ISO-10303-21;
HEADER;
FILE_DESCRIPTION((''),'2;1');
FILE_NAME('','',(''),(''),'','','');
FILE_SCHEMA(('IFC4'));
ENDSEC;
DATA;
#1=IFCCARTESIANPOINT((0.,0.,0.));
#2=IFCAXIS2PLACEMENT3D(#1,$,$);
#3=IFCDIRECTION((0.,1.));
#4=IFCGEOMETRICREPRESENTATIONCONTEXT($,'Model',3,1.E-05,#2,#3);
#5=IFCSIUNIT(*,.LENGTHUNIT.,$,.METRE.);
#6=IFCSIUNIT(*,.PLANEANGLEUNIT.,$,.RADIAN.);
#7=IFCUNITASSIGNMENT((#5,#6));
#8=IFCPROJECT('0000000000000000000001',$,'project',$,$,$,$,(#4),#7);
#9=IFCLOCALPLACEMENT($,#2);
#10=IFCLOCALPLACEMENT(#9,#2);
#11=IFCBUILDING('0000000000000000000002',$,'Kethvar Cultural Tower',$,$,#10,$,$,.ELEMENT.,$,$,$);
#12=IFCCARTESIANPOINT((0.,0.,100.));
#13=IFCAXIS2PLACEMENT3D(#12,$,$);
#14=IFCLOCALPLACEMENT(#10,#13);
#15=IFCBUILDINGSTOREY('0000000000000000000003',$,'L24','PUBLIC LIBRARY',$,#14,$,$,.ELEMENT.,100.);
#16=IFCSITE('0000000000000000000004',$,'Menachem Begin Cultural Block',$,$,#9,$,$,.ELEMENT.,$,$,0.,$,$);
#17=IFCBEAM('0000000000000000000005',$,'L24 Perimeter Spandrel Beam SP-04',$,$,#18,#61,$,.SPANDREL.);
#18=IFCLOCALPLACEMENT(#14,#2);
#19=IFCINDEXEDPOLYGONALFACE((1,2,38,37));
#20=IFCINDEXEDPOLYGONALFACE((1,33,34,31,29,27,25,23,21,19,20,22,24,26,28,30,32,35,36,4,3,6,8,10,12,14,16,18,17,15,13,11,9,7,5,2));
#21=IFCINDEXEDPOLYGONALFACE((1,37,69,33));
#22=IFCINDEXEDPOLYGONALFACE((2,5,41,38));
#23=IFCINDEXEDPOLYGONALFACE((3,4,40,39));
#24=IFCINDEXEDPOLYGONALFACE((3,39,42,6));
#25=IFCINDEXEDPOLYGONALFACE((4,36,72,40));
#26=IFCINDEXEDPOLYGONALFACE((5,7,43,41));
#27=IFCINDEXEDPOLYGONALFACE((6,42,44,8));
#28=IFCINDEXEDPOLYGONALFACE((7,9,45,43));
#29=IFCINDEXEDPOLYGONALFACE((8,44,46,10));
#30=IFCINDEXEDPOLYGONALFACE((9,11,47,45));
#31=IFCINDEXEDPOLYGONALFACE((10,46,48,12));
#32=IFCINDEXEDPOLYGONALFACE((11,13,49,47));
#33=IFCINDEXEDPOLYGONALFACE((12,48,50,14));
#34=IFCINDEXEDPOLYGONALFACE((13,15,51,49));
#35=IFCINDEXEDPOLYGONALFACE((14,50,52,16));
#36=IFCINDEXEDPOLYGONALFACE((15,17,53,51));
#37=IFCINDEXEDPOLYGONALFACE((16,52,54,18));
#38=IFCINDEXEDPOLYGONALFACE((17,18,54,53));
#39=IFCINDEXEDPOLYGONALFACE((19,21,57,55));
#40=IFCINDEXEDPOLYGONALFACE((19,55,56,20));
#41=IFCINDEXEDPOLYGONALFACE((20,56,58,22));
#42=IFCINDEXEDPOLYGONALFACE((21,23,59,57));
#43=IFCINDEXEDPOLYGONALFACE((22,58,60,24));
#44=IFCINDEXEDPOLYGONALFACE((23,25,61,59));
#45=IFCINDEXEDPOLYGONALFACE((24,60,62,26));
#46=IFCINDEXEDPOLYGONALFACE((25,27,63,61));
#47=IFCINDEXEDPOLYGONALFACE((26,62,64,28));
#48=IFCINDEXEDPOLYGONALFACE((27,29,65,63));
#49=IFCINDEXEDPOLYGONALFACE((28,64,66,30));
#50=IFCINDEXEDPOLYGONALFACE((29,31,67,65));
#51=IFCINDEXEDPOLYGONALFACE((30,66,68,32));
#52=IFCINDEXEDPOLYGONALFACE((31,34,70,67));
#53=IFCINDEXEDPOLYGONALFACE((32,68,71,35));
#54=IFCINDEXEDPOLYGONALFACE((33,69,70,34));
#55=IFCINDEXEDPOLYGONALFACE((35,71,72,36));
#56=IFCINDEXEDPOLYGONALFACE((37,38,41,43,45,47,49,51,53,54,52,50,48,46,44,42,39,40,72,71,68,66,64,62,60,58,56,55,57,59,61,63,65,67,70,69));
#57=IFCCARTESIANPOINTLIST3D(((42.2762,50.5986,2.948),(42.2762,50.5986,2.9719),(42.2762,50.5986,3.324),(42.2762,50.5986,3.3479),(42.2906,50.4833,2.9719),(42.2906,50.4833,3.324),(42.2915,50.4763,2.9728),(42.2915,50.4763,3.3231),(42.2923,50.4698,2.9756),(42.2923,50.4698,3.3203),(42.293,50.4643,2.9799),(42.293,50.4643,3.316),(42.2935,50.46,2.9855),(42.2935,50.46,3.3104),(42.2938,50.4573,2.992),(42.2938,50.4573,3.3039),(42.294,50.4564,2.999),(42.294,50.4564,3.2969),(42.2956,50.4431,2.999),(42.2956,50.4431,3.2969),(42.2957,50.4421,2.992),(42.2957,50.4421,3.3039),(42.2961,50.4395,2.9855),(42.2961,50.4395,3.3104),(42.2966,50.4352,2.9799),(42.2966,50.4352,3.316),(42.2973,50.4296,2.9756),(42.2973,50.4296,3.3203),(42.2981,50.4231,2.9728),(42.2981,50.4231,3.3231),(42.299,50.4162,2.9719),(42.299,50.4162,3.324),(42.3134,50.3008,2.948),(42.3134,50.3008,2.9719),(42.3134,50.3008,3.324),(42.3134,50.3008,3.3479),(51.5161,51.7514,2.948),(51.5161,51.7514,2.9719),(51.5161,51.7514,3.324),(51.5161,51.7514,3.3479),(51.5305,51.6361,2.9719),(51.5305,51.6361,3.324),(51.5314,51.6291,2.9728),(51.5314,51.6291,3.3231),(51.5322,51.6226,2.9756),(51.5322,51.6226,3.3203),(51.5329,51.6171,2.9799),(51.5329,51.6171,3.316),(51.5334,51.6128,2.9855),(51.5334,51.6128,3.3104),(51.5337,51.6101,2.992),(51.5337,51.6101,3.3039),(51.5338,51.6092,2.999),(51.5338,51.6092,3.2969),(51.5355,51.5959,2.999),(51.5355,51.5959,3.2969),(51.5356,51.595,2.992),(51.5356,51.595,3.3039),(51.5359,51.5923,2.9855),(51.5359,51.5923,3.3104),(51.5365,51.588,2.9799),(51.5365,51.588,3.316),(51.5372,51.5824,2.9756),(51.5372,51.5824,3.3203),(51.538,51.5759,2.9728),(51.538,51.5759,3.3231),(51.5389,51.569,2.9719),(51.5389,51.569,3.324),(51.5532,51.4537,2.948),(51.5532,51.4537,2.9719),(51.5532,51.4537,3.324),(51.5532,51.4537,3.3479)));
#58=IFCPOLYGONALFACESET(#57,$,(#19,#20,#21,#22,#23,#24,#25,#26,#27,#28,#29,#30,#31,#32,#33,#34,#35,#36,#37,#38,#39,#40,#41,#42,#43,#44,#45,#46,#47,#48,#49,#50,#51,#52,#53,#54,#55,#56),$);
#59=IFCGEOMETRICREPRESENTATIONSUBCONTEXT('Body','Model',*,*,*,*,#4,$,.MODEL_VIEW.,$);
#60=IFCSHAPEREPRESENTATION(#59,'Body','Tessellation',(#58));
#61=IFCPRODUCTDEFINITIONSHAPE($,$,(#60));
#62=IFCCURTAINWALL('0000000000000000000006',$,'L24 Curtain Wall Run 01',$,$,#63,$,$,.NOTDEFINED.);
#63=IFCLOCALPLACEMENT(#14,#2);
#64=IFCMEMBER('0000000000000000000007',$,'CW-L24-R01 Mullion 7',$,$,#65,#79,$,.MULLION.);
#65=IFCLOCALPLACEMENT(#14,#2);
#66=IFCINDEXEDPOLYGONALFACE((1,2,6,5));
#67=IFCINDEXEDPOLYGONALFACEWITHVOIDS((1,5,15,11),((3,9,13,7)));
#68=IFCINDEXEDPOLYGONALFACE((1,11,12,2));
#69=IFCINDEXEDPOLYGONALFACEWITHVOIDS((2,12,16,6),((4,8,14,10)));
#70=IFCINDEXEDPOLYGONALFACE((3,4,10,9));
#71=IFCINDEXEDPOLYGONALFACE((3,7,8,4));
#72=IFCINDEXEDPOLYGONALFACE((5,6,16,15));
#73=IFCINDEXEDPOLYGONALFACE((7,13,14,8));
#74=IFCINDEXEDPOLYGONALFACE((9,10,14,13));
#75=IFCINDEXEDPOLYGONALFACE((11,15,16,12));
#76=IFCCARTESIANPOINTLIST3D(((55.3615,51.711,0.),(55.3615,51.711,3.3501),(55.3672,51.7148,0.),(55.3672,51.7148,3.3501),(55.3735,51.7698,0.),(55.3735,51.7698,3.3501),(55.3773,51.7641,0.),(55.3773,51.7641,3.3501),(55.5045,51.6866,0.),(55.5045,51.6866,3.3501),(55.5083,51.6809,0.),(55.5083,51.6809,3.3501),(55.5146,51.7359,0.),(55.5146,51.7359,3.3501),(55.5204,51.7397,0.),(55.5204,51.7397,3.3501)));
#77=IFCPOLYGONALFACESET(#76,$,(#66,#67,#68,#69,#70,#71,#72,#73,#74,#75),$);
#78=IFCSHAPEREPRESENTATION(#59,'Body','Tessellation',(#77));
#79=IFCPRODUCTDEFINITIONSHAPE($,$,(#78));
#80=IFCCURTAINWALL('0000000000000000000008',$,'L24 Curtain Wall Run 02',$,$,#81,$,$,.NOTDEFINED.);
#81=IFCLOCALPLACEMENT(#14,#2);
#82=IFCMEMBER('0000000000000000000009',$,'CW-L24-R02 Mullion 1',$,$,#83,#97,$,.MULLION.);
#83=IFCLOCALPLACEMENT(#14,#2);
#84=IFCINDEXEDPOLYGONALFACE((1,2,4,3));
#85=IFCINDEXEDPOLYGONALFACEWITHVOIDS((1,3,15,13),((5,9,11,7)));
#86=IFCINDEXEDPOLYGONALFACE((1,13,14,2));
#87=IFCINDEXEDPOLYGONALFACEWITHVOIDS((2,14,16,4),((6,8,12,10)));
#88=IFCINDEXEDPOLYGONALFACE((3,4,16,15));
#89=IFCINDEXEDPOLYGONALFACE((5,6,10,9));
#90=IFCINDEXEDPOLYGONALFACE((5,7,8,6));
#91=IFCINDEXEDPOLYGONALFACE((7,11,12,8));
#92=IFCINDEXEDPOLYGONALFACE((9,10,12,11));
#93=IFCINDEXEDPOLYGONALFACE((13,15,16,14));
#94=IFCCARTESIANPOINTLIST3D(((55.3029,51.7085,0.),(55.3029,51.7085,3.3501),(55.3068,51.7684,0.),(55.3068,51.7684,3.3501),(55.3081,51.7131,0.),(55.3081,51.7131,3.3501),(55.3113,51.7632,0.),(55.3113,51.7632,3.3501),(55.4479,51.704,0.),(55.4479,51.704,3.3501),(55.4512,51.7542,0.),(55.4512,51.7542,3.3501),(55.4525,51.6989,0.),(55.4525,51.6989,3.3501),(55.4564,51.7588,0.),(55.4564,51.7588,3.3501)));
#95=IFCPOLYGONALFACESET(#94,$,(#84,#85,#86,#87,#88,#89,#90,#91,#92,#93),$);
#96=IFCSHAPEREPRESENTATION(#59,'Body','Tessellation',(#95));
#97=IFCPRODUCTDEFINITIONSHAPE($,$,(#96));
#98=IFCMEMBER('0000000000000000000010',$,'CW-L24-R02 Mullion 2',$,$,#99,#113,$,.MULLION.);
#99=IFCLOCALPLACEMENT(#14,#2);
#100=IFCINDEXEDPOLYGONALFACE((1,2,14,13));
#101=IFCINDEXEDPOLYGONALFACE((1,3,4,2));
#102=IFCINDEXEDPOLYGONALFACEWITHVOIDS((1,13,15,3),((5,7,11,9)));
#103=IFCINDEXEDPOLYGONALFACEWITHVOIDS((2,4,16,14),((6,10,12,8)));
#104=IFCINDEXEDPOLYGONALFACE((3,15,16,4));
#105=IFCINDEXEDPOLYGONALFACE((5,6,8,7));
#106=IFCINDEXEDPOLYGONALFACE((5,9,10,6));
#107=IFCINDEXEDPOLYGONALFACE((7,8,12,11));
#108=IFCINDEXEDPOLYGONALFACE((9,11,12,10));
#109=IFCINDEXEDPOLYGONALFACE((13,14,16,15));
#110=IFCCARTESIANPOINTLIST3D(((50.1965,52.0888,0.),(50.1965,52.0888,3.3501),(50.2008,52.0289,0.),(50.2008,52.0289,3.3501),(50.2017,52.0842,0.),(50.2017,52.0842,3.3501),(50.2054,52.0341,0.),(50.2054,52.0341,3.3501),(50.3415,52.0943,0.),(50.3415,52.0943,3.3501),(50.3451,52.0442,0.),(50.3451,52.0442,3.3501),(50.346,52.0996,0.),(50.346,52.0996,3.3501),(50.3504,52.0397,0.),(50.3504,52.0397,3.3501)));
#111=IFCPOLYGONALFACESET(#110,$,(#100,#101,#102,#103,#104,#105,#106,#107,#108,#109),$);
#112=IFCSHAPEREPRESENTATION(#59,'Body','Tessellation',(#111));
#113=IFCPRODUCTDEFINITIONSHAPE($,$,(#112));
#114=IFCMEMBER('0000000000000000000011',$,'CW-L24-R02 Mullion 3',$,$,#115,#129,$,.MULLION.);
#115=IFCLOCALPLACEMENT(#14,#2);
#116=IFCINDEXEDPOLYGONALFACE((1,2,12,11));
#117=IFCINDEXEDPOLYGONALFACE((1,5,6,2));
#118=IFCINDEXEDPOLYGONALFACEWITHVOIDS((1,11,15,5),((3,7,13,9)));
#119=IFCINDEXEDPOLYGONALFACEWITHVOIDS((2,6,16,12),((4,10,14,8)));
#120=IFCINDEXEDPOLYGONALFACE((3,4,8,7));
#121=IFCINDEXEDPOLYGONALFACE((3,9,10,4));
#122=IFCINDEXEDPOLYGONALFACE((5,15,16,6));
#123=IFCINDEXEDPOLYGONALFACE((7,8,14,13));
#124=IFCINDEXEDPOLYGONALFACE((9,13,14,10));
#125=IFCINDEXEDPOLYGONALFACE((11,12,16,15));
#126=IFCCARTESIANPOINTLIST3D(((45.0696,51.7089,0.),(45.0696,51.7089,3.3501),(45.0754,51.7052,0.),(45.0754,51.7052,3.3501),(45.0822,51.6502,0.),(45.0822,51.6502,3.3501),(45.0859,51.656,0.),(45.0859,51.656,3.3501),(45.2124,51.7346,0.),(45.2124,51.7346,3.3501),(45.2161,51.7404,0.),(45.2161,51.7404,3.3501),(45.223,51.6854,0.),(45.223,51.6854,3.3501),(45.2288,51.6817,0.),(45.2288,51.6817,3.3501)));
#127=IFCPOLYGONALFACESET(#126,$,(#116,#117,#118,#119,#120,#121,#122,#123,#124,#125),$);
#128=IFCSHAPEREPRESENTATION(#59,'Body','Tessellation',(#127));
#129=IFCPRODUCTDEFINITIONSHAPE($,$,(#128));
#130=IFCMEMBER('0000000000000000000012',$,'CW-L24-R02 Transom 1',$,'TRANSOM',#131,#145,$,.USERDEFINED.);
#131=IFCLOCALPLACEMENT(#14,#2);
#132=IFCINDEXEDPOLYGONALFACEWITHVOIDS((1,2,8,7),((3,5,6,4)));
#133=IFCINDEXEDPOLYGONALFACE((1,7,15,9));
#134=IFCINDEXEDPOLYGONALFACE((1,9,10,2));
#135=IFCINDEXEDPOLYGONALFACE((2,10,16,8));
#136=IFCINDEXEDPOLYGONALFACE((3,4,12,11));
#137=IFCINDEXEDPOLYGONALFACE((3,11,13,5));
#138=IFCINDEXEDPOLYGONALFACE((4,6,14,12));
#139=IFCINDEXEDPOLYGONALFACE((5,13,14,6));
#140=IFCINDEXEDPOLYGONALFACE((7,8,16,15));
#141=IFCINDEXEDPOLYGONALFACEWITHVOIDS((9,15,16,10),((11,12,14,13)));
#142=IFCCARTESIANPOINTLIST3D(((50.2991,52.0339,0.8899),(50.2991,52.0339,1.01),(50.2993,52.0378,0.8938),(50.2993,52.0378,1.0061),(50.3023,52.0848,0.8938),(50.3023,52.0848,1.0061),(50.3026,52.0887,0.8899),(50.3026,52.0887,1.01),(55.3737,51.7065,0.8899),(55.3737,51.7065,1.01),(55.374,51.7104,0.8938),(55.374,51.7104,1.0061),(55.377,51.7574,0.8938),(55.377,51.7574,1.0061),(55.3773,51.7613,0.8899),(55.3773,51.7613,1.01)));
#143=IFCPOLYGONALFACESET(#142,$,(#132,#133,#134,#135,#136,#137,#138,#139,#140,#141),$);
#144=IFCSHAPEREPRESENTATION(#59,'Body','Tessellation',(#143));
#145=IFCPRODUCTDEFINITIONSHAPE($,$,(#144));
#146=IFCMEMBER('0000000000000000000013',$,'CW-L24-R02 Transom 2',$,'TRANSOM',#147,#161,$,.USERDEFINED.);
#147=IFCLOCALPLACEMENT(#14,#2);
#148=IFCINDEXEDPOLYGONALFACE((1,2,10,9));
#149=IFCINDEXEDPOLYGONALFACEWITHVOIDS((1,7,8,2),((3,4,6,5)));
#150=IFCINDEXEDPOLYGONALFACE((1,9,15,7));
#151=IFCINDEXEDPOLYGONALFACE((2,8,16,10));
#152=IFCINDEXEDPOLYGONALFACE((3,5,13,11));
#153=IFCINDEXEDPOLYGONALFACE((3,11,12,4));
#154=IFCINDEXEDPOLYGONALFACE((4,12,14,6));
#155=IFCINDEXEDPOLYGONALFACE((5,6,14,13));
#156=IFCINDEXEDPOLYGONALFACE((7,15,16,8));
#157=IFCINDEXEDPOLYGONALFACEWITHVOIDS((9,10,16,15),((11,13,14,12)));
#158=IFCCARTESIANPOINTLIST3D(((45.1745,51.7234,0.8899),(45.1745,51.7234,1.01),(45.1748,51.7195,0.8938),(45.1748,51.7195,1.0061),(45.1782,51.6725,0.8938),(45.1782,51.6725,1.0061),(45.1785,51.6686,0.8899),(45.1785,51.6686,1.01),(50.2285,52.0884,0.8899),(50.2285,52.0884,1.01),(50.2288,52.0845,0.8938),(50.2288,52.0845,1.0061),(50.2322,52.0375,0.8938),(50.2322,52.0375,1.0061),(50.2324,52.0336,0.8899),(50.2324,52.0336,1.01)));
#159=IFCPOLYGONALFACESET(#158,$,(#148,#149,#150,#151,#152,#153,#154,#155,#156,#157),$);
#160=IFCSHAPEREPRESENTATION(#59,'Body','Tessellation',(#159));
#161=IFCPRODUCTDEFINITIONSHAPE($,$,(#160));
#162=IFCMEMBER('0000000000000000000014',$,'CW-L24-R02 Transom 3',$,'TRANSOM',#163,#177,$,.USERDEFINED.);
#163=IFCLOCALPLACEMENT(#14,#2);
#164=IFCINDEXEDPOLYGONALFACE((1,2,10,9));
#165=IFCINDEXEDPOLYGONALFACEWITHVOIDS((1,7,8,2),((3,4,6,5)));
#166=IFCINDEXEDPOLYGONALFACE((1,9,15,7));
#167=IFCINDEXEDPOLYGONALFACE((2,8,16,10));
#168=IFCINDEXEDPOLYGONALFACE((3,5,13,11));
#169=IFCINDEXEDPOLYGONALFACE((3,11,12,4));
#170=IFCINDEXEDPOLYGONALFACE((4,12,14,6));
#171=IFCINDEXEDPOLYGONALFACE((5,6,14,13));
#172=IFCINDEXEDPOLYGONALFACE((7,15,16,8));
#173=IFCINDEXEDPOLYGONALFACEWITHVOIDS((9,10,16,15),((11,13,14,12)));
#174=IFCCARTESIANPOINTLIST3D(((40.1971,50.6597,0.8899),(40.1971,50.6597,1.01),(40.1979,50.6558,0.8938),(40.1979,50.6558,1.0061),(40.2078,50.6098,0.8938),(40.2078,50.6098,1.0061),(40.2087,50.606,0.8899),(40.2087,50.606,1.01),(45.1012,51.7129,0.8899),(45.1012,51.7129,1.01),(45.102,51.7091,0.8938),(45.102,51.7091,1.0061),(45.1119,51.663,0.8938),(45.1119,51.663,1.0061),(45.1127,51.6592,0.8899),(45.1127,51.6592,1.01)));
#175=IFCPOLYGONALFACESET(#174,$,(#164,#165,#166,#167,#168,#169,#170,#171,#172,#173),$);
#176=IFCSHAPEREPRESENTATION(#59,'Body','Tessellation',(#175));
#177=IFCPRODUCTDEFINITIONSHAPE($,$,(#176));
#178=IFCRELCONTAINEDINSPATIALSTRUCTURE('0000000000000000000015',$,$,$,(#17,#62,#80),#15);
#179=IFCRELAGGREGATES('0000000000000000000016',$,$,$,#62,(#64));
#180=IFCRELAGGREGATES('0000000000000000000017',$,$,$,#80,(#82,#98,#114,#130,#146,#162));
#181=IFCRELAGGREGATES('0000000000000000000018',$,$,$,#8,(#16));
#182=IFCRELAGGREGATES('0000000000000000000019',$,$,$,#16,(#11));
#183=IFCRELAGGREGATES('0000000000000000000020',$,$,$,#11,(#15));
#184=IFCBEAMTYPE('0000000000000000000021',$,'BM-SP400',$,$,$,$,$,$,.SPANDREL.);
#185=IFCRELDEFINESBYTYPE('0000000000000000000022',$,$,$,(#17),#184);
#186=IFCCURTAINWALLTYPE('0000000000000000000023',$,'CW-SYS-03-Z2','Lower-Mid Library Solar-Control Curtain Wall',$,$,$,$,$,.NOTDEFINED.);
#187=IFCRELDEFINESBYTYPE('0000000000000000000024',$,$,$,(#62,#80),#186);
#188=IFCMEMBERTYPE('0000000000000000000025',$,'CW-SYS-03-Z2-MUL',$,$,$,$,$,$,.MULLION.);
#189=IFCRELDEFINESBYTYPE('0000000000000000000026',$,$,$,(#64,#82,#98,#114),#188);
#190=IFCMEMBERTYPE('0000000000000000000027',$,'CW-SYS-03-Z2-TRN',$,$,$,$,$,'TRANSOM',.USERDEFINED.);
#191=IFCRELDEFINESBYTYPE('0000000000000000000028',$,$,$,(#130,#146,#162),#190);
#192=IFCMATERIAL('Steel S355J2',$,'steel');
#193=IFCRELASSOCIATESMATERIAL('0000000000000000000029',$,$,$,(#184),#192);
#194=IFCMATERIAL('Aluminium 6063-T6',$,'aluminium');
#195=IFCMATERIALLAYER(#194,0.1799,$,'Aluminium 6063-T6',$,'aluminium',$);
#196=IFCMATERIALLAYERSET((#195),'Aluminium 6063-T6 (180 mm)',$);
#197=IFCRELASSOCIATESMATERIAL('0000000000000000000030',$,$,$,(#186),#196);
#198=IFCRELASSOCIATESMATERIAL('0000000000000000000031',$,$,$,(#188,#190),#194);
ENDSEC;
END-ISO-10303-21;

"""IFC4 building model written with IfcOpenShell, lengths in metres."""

from ifc_helpers import new_model, si_unit, direction, frame, origin, origin_2d, place, context, subcontext, project, spatial, hollow_rectangle, i_section, extrude, source, transform, mapped, material, layer, layer_set, material_profile, profile_set, type_object, element, aggregate, save


model = new_model("IFC4")

# Units and contexts
model_context = context("Model", 3, precision=1e-05, world=origin(), true_north=direction((0.0, 1.0)))
body_context = subcontext(model_context, "Body", "Model", "MODEL_VIEW")
ifc_project = project(units=[si_unit("LENGTHUNIT", "METRE"), si_unit("PLANEANGLEUNIT", "RADIAN")], contexts=[model_context])

# Site, building, storey
site_placement = place(None, origin())
site = spatial("IfcSite", under=ifc_project, at=site_placement, Name="Menachem Begin Cultural Block", CompositionType="ELEMENT", RefElevation=0.0)
building_placement = place(site_placement, origin())
building = spatial("IfcBuilding", under=site, at=building_placement, Name="Kethvar Cultural Tower", CompositionType="ELEMENT")
storey_placement = place(building_placement, frame((0.0, 0.0, 100.0)))
storey = spatial("IfcBuildingStorey", under=building, at=storey_placement, Name="L24", Description="PUBLIC LIBRARY", CompositionType="ELEMENT", Elevation=100.0)

# Beam
ifc_material_1 = material(Name="Steel S355J2", Category="steel")
ifc_material_profile_1 = material_profile(ifc_material_1, i_section(OverallWidth=0.3, OverallDepth=0.3999, WebThickness=0.0134, FlangeThickness=0.0239, FilletRadius=0.0271, at=origin_2d()), Name="Steel S355J2 — HEB400")
ifc_profile_set_1 = profile_set([ifc_material_profile_1], Name="Steel S355J2 — HEB400")
beam_type_1 = type_object("IfcBeamType", Name="BM-SP400", PredefinedType="SPANDREL", material=ifc_profile_set_1)
shared_shape_1 = source(origin(), body_context, "Body", "SweptSolid", [
    extrude(i_section(OverallWidth=0.3, OverallDepth=0.3999, WebThickness=0.0134, FlangeThickness=0.0239, FilletRadius=0.0271, at=origin_2d()), origin(), (0.0, 0.0, 1.0), 9.3115),
])
beam_1_placement = place(storey_placement, frame((51.5347, 51.6025, 3.1479), z_axis=(-0.992306, -0.123806, 0.0), x_axis=(0.123806, -0.992306, 0.0)))
element("IfcBeam", 1, at=beam_1_placement, inside=storey, type_object=beam_type_1, Name="L24 Perimeter Spandrel Beam SP-04", PredefinedType="SPANDREL", context=body_context, shape_type="MappedRepresentation", body=[
    mapped(shared_shape_1, transform((0.0, 0.0, 0.0), scale=1.0)),
])

# Curtain wall, member
ifc_material_2 = material(Name="Aluminium 6063-T6", Category="aluminium")
ifc_layer_1 = layer(ifc_material_2, 0.1799, Name="Aluminium 6063-T6", Category="aluminium")
ifc_layer_set_1 = layer_set([ifc_layer_1], Name="Aluminium 6063-T6 (180 mm)")
curtain_wall_type = type_object("IfcCurtainWallType", Name="CW-SYS-03-Z2", Description="Lower-Mid Library Solar-Control Curtain Wall", PredefinedType="NOTDEFINED", material=ifc_layer_set_1)
curtain_wall_1_placement = place(storey_placement, origin())
curtain_wall_1 = element("IfcCurtainWall", 2, at=curtain_wall_1_placement, inside=storey, type_object=curtain_wall_type, Name="L24 Curtain Wall Run 01", PredefinedType="NOTDEFINED")
ifc_material_profile_2 = material_profile(ifc_material_2, hollow_rectangle(XDim=0.0601, YDim=0.1499, WallThickness=0.0049, at=origin_2d()), Name="Aluminium 6063-T6 — RHS150x60x5")
ifc_profile_set_2 = profile_set([ifc_material_profile_2], Name="Aluminium 6063-T6 — RHS150x60x5")
member_type_1 = type_object("IfcMemberType", Name="CW-SYS-03-Z2-MUL", PredefinedType="MULLION", material=ifc_profile_set_2)
shared_shape_2 = source(origin(), body_context, "Body", "SweptSolid", [
    extrude(hollow_rectangle(XDim=0.0601, YDim=0.1499, WallThickness=0.0049, at=origin_2d()), origin(), (0.0, 0.0, 1.0), 3.3501),
])
member_1_placement = place(storey_placement, frame((55.4409, 51.7253, 0.0), z_axis=(0.0, 0.0, 1.0), x_axis=(-0.200924, -0.979607, 0.0)))
member_1 = element("IfcMember", 3, at=member_1_placement, type_object=member_type_1, Name="CW-L24-R01 Mullion 7", PredefinedType="MULLION", context=body_context, shape_type="MappedRepresentation", body=[
    mapped(shared_shape_2, transform((0.0, 0.0, 0.0), scale=1.0)),
])

# Curtain wall, members
curtain_wall_2_placement = place(storey_placement, origin())
curtain_wall_2 = element("IfcCurtainWall", 4, at=curtain_wall_2_placement, inside=storey, type_object=curtain_wall_type, Name="L24 Curtain Wall Run 02", PredefinedType="NOTDEFINED")
member_2_placement = place(storey_placement, frame((55.3796, 51.7336, 0.0), z_axis=(0.0, 0.0, 1.0), x_axis=(-0.064376, -0.997926, 0.0)))
member_2 = element("IfcMember", 5, at=member_2_placement, type_object=member_type_1, Name="CW-L24-R02 Mullion 1", PredefinedType="MULLION", context=body_context, shape_type="MappedRepresentation", body=[
    mapped(shared_shape_2, transform((0.0, 0.0, 0.0), scale=1.0)),
])
member_3_placement = place(storey_placement, frame((50.2734, 52.0642, 0.0), z_axis=(0.0, 0.0, 1.0), x_axis=(0.072037, -0.997402, 0.0)))
member_3 = element("IfcMember", 6, at=member_3_placement, type_object=member_type_1, Name="CW-L24-R02 Mullion 2", PredefinedType="MULLION", context=body_context, shape_type="MappedRepresentation", body=[
    mapped(shared_shape_2, transform((0.0, 0.0, 0.0), scale=1.0)),
])
member_4_placement = place(storey_placement, frame((45.1492, 51.6953, 0.0), z_axis=(0.0, 0.0, 1.0), x_axis=(0.209994, -0.977703, 0.0)))
member_4 = element("IfcMember", 7, at=member_4_placement, type_object=member_type_1, Name="CW-L24-R02 Mullion 3", PredefinedType="MULLION", context=body_context, shape_type="MappedRepresentation", body=[
    mapped(shared_shape_2, transform((0.0, 0.0, 0.0), scale=1.0)),
])
ifc_material_profile_3 = material_profile(ifc_material_2, hollow_rectangle(XDim=0.0549, YDim=0.1201, WallThickness=0.0039, at=origin_2d()), Name="Aluminium 6063-T6 — RHS120x55x4")
ifc_profile_set_3 = profile_set([ifc_material_profile_3], Name="Aluminium 6063-T6 — RHS120x55x4")
member_type_2 = type_object("IfcMemberType", Name="CW-SYS-03-Z2-TRN", ElementType="TRANSOM", PredefinedType="USERDEFINED", material=ifc_profile_set_3)
shared_shape_3 = source(origin(), body_context, "Body", "SweptSolid", [
    extrude(hollow_rectangle(XDim=0.0549, YDim=0.1201, WallThickness=0.0039, at=origin_2d()), origin(), (0.0, 0.0, 1.0), 5.0852),
])
member_5_placement = place(storey_placement, frame((55.3755, 51.7339, 0.95), z_axis=(-0.997925, 0.064381, 0.0), x_axis=(-0.064381, -0.997925, 0.0)))
member_5 = element("IfcMember", 8, at=member_5_placement, type_object=member_type_2, Name="CW-L24-R02 Transom 1", ObjectType="TRANSOM", PredefinedType="USERDEFINED", context=body_context, shape_type="MappedRepresentation", body=[
    mapped(shared_shape_3, transform((0.0, 0.0, 0.0), scale=1.0)),
])
shared_shape_4 = source(origin(), body_context, "Body", "SweptSolid", [
    extrude(hollow_rectangle(XDim=0.0549, YDim=0.1201, WallThickness=0.0039, at=origin_2d()), origin(), (0.0, 0.0, 1.0), 5.0671),
])
member_6_placement = place(storey_placement, frame((50.2305, 52.061, 0.95), z_axis=(-0.997402, -0.072031, 0.0), x_axis=(0.072031, -0.997402, 0.0)))
member_6 = element("IfcMember", 9, at=member_6_placement, type_object=member_type_2, Name="CW-L24-R02 Transom 2", ObjectType="TRANSOM", PredefinedType="USERDEFINED", context=body_context, shape_type="MappedRepresentation", body=[
    mapped(shared_shape_4, transform((0.0, 0.0, 0.0), scale=1.0)),
])
shared_shape_5 = source(origin(), body_context, "Body", "SweptSolid", [
    extrude(hollow_rectangle(XDim=0.0549, YDim=0.1201, WallThickness=0.0039, at=origin_2d()), origin(), (0.0, 0.0, 1.0), 5.0159),
])
member_7_placement = place(storey_placement, frame((45.1069, 51.686, 0.95), z_axis=(-0.977706, -0.209978, 0.0), x_axis=(0.209978, -0.977706, 0.0)))
member_7 = element("IfcMember", 10, at=member_7_placement, type_object=member_type_2, Name="CW-L24-R02 Transom 3", ObjectType="TRANSOM", PredefinedType="USERDEFINED", context=body_context, shape_type="MappedRepresentation", body=[
    mapped(shared_shape_5, transform((0.0, 0.0, 0.0), scale=1.0)),
])

aggregate(curtain_wall_1, [member_1])
aggregate(curtain_wall_2, [member_2, member_3, member_4, member_5, member_6, member_7])

save(model, "model.ifc")
